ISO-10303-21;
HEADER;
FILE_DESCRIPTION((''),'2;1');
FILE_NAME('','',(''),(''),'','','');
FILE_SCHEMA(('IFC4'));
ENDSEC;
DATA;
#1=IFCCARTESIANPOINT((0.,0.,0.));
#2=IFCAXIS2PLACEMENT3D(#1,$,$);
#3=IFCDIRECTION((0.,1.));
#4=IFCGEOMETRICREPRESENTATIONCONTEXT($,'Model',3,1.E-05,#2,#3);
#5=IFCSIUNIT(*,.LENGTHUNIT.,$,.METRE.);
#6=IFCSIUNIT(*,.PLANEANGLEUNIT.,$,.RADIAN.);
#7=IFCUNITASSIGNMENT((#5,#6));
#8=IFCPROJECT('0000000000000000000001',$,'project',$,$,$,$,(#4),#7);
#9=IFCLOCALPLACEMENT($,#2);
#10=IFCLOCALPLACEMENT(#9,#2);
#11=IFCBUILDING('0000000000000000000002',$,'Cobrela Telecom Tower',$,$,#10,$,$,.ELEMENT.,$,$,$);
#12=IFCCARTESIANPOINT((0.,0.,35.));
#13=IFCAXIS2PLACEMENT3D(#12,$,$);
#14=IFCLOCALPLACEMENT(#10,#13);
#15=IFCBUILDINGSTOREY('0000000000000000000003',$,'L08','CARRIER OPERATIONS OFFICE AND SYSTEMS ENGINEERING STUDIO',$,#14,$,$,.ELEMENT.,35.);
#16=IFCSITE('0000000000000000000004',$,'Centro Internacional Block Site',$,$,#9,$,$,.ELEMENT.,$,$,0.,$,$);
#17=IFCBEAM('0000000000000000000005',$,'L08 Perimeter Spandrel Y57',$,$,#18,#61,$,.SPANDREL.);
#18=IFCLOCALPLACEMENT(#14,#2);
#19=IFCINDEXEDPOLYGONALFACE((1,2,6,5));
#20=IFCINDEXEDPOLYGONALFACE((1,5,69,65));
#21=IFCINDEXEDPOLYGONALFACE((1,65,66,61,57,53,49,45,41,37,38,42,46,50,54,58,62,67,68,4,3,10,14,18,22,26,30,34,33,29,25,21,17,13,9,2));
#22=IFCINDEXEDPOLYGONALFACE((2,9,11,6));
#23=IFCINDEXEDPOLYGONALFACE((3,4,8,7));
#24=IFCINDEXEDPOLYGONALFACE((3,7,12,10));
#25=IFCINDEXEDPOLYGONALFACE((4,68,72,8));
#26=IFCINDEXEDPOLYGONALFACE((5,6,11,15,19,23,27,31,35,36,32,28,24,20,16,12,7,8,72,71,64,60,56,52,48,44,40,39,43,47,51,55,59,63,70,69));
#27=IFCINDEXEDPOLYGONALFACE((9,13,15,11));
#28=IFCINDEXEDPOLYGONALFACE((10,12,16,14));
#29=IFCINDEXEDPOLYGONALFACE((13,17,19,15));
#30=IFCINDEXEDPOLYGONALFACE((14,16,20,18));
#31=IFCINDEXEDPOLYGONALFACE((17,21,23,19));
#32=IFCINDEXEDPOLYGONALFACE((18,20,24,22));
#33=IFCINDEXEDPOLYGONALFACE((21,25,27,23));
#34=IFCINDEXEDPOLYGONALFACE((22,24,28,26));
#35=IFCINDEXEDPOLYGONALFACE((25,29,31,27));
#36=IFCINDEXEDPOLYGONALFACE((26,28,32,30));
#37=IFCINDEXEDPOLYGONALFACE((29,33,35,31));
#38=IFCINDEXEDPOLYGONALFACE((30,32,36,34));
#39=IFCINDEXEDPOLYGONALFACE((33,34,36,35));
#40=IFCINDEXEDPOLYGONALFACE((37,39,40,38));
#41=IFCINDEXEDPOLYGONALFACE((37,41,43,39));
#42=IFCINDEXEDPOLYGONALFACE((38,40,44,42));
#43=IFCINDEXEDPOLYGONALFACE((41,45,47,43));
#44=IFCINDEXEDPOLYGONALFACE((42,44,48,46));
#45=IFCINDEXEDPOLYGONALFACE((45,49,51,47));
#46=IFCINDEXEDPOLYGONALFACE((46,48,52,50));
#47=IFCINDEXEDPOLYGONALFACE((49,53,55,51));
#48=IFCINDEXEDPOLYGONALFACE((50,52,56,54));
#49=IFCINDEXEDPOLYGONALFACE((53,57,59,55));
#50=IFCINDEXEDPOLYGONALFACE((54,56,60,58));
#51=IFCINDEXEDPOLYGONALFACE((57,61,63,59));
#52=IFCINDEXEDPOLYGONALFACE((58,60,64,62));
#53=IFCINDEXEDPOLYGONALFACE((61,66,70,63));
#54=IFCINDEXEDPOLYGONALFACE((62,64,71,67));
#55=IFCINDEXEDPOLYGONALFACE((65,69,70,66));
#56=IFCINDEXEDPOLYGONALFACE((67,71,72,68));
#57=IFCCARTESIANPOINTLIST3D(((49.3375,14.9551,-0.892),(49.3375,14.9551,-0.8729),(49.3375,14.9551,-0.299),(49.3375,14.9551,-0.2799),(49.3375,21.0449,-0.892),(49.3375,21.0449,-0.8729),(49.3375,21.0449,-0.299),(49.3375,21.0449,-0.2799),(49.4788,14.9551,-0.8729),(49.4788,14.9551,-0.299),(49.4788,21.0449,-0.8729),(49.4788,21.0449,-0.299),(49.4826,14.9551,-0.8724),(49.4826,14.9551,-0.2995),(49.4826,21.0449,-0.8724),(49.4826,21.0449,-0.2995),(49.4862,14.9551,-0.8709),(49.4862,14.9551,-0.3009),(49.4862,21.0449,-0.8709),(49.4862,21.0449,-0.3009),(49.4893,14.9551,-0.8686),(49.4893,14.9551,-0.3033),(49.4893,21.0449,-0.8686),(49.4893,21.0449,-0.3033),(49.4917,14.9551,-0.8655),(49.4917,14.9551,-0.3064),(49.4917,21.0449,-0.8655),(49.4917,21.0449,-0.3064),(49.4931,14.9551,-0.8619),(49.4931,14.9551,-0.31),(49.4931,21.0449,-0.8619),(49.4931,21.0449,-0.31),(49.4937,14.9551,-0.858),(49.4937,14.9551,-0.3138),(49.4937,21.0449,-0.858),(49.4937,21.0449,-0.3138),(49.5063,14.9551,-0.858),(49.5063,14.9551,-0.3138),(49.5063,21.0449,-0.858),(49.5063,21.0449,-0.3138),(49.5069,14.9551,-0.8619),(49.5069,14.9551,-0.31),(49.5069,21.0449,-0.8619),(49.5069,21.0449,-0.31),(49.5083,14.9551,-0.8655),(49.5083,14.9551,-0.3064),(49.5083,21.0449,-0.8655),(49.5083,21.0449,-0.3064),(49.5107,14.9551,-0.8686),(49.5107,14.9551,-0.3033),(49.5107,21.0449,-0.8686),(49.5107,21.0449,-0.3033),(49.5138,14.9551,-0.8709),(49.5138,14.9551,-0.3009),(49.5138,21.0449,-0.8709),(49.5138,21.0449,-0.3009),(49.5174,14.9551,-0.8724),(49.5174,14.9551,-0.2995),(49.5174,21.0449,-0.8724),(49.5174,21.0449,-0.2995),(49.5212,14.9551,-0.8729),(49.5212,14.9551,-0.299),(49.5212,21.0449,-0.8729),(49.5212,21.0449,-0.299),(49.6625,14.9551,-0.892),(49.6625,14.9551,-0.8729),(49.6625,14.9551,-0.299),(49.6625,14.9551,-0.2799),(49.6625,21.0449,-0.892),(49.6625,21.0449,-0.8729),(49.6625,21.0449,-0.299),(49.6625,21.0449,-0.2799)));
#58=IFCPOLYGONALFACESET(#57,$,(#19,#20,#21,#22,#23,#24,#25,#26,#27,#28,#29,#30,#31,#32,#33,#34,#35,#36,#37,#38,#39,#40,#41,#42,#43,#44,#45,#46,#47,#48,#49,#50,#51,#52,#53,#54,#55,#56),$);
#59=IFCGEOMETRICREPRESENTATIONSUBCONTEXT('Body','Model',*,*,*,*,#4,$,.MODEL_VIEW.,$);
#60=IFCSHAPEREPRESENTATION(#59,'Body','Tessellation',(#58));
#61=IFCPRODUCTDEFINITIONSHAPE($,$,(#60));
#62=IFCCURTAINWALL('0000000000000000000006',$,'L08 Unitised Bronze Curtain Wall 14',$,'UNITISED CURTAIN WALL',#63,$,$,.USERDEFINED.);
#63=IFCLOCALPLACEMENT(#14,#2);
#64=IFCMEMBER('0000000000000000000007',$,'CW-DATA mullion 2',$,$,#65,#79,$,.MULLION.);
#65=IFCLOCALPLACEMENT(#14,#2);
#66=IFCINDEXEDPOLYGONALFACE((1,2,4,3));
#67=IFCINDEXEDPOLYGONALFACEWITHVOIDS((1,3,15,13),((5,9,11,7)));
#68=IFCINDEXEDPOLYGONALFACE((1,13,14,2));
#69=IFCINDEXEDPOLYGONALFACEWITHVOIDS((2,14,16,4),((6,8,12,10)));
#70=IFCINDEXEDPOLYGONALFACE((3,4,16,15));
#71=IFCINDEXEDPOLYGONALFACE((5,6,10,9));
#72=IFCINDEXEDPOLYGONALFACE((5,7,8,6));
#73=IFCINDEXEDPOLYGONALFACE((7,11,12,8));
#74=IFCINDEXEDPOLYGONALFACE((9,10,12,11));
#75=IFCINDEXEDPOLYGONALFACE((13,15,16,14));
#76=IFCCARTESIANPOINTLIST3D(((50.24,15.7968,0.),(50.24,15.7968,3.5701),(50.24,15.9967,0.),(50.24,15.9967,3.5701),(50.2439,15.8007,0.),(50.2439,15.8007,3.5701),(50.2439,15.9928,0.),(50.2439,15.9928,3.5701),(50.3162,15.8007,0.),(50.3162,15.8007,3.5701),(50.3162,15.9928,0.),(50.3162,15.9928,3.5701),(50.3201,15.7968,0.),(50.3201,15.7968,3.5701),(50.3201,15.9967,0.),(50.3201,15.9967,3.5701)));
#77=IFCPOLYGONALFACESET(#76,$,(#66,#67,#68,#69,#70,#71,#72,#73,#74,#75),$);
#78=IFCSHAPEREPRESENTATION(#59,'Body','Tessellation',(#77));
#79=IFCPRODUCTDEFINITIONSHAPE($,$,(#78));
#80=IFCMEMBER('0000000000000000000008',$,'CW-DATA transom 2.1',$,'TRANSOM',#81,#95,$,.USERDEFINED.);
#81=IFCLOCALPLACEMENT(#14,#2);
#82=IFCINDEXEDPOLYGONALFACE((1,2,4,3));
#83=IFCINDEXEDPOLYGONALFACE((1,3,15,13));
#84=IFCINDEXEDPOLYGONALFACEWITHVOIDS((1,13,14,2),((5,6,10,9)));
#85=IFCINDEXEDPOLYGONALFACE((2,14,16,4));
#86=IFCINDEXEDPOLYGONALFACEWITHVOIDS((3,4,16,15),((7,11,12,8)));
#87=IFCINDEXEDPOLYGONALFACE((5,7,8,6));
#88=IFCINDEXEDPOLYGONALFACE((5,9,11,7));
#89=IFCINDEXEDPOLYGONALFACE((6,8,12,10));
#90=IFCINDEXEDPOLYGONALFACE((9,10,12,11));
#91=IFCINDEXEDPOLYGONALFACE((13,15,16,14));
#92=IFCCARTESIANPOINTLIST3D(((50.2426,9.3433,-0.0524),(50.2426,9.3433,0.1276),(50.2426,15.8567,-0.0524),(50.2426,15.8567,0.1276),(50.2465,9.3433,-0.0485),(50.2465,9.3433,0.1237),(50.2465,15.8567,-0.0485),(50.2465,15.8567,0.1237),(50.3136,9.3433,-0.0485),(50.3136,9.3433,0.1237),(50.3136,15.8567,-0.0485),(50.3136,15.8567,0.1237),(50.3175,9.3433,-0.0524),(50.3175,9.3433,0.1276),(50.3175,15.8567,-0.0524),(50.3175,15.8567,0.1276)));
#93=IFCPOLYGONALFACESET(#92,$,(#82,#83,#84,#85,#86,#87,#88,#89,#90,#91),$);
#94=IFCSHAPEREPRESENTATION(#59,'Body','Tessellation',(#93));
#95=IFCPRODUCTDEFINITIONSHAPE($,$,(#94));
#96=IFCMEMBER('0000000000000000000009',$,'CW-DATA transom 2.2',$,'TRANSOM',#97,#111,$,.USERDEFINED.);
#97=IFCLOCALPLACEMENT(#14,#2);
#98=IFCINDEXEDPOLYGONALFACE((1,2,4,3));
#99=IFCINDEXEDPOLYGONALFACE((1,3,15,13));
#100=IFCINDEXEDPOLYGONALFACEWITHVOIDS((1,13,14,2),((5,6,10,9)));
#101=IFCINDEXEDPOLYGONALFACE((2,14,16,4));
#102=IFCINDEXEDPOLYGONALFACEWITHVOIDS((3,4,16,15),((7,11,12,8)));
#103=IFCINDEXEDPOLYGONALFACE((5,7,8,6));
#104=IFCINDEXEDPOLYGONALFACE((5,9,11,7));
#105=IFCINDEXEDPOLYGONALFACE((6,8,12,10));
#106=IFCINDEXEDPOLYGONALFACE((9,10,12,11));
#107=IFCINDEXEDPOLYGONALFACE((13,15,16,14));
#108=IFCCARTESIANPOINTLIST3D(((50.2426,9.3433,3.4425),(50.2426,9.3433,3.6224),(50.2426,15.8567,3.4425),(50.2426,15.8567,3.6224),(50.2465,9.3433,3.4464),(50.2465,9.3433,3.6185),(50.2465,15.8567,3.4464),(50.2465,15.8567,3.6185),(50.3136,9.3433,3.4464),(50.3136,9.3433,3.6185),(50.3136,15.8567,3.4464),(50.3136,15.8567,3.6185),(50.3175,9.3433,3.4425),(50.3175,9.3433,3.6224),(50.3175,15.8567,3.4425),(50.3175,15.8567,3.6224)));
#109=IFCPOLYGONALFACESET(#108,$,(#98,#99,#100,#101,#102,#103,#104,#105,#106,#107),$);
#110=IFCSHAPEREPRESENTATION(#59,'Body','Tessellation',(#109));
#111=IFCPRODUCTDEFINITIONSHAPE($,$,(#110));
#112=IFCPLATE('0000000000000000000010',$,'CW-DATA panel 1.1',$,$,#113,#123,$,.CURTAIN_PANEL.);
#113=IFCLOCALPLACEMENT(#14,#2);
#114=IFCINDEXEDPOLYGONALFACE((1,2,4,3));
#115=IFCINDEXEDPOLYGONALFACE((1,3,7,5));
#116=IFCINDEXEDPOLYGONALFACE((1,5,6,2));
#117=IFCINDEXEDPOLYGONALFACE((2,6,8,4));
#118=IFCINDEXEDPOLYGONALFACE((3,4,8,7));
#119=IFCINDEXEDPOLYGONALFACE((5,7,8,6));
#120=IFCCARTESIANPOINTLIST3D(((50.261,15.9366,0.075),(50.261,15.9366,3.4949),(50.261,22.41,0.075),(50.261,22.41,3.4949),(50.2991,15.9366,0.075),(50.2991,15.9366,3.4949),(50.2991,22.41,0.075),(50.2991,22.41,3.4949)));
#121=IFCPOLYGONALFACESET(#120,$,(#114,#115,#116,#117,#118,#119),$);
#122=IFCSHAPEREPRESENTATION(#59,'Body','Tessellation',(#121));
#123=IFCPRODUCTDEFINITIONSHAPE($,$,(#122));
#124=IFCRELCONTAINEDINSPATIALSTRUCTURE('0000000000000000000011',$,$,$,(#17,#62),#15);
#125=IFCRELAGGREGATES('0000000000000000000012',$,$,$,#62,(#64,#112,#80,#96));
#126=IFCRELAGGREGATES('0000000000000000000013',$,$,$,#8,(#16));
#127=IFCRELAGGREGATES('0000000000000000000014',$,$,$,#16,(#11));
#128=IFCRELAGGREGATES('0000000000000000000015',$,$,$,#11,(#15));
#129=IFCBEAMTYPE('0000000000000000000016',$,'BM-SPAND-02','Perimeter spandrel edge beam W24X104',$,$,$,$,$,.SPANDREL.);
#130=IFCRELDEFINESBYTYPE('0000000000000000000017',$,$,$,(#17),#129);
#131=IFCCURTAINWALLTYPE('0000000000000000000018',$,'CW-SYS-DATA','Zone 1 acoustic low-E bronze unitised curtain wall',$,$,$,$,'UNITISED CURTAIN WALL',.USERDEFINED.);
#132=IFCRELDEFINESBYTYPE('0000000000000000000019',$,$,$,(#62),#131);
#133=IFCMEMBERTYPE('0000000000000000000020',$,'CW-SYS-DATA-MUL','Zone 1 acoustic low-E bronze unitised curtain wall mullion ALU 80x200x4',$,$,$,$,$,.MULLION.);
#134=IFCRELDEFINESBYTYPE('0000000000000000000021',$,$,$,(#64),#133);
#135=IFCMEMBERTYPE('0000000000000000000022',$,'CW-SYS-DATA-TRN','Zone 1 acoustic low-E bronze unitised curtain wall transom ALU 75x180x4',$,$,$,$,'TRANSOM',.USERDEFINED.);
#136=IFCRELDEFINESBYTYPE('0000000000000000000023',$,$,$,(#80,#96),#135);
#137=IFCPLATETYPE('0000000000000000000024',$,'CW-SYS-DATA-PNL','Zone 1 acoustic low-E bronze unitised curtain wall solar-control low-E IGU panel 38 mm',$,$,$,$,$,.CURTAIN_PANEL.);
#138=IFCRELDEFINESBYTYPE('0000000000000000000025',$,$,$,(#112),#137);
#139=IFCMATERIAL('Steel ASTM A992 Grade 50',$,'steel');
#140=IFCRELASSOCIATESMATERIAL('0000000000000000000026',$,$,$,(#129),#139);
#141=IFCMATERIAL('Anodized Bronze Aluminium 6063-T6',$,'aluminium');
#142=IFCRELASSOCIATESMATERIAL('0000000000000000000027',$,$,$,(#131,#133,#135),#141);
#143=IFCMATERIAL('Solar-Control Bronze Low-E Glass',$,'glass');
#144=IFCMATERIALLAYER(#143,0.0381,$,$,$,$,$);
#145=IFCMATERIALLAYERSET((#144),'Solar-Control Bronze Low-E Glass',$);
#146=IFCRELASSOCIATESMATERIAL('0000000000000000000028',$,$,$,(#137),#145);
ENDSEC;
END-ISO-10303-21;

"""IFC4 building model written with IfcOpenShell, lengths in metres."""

from ifc_helpers import new_model, si_unit, direction, frame, origin, origin_2d, place, context, subcontext, project, spatial, rectangle, hollow_rectangle, i_section, extrude, material, layer, layer_set, material_profile, profile_set, type_object, element, aggregate, save


model = new_model("IFC4")

# Units and contexts
model_context = context("Model", 3, precision=1e-05, world=origin(), true_north=direction((0.0, 1.0)))
body_context = subcontext(model_context, "Body", "Model", "MODEL_VIEW")
ifc_project = project(units=[si_unit("LENGTHUNIT", "METRE"), si_unit("PLANEANGLEUNIT", "RADIAN")], contexts=[model_context])

# Site, building, storey
site_placement = place(None, origin())
site = spatial("IfcSite", under=ifc_project, at=site_placement, Name="Centro Internacional Block Site", CompositionType="ELEMENT", RefElevation=0.0)
building_placement = place(site_placement, origin())
building = spatial("IfcBuilding", under=site, at=building_placement, Name="Cobrela Telecom Tower", CompositionType="ELEMENT")
storey_placement = place(building_placement, frame((0.0, 0.0, 35.0)))
storey = spatial("IfcBuildingStorey", under=building, at=storey_placement, Name="L08", Description="CARRIER OPERATIONS OFFICE AND SYSTEMS ENGINEERING STUDIO", CompositionType="ELEMENT", Elevation=35.0)

# Shared definitions
ifc_material_1 = material(Name="Steel ASTM A992 Grade 50", Category="steel")

# Beam
ifc_material_profile_1 = material_profile(ifc_material_1, i_section(OverallWidth=0.325, OverallDepth=0.6121, WebThickness=0.0127, FlangeThickness=0.019, FilletRadius=0.0149, at=origin_2d()), Name="W24X104")
ifc_profile_set_1 = profile_set([ifc_material_profile_1], Name="Steel ASTM A992 Grade 50")
beam_type_1 = type_object("IfcBeamType", Name="BM-SPAND-02", Description="Perimeter spandrel edge beam W24X104", PredefinedType="SPANDREL", material=ifc_profile_set_1)
beam_placement = place(storey_placement, frame((49.5, 14.9551, -0.5859), z_axis=(0.0, 1.0, 0.0), x_axis=(-1.0, 0.0, 0.0)))
element("IfcBeam", 1, at=beam_placement, inside=storey, type_object=beam_type_1, Name="L08 Perimeter Spandrel Y57", PredefinedType="SPANDREL", context=body_context, shape_type="SweptSolid", body=[
    extrude(i_section(OverallWidth=0.325, OverallDepth=0.6121, WebThickness=0.0127, FlangeThickness=0.019, FilletRadius=0.0149, at=origin_2d()), origin(), (0.0, 0.0, 1.0), 6.0898),
])

# Curtain wall, members, plate
ifc_material_2 = material(Name="Anodized Bronze Aluminium 6063-T6", Category="aluminium")
curtain_wall_type = type_object("IfcCurtainWallType", Name="CW-SYS-DATA", Description="Zone 1 acoustic low-E bronze unitised curtain wall", ElementType="UNITISED CURTAIN WALL", PredefinedType="USERDEFINED", material=ifc_material_2)
curtain_wall_placement = place(storey_placement, origin())
curtain_wall = element("IfcCurtainWall", 2, at=curtain_wall_placement, inside=storey, type_object=curtain_wall_type, Name="L08 Unitised Bronze Curtain Wall 14", ObjectType="UNITISED CURTAIN WALL", PredefinedType="USERDEFINED")
ifc_material_profile_2 = material_profile(ifc_material_2, hollow_rectangle(XDim=0.0801, YDim=0.2, WallThickness=0.0039, at=origin_2d()), Name="ALU 80x200x4")
ifc_profile_set_2 = profile_set([ifc_material_profile_2], Name="Anodized Bronze Aluminium 6063-T6")
member_type_1 = type_object("IfcMemberType", Name="CW-SYS-DATA-MUL", Description="Zone 1 acoustic low-E bronze unitised curtain wall mullion ALU 80x200x4", PredefinedType="MULLION", material=ifc_profile_set_2)
member_1_placement = place(storey_placement, frame((50.28, 15.8967, 0.0), z_axis=(0.0, 0.0, 1.0), x_axis=(1.0, 0.0, 0.0)))
member_1 = element("IfcMember", 3, at=member_1_placement, type_object=member_type_1, Name="CW-DATA mullion 2", PredefinedType="MULLION", context=body_context, shape_type="SweptSolid", body=[
    extrude(hollow_rectangle(XDim=0.0801, YDim=0.2, WallThickness=0.0039, at=origin_2d()), origin(), (0.0, 0.0, 1.0), 3.5701),
])
ifc_material_profile_3 = material_profile(ifc_material_2, hollow_rectangle(XDim=0.075, YDim=0.1799, WallThickness=0.0039, at=origin_2d()), Name="ALU 75x180x4")
ifc_profile_set_3 = profile_set([ifc_material_profile_3], Name="Anodized Bronze Aluminium 6063-T6")
member_type_2 = type_object("IfcMemberType", Name="CW-SYS-DATA-TRN", Description="Zone 1 acoustic low-E bronze unitised curtain wall transom ALU 75x180x4", ElementType="TRANSOM", PredefinedType="USERDEFINED", material=ifc_profile_set_3)
member_2_placement = place(storey_placement, frame((50.28, 15.8567, 0.0376), z_axis=(0.0, -1.0, 0.0), x_axis=(1.0, 0.0, 0.0)))
member_2 = element("IfcMember", 4, at=member_2_placement, type_object=member_type_2, Name="CW-DATA transom 2.1", ObjectType="TRANSOM", PredefinedType="USERDEFINED", context=body_context, shape_type="SweptSolid", body=[
    extrude(hollow_rectangle(XDim=0.075, YDim=0.1799, WallThickness=0.0039, at=origin_2d()), origin(), (0.0, 0.0, 1.0), 6.5134),
])
member_3_placement = place(storey_placement, frame((50.28, 15.8567, 3.5325), z_axis=(0.0, -1.0, 0.0), x_axis=(1.0, 0.0, 0.0)))
member_3 = element("IfcMember", 5, at=member_3_placement, type_object=member_type_2, Name="CW-DATA transom 2.2", ObjectType="TRANSOM", PredefinedType="USERDEFINED", context=body_context, shape_type="SweptSolid", body=[
    extrude(hollow_rectangle(XDim=0.075, YDim=0.1799, WallThickness=0.0039, at=origin_2d()), origin(), (0.0, 0.0, 1.0), 6.5134),
])
ifc_material_3 = material(Name="Solar-Control Bronze Low-E Glass", Category="glass")
ifc_layer = layer(ifc_material_3, 0.0381)
ifc_layer_set = layer_set([ifc_layer], Name="Solar-Control Bronze Low-E Glass")
plate_type = type_object("IfcPlateType", Name="CW-SYS-DATA-PNL", Description="Zone 1 acoustic low-E bronze unitised curtain wall solar-control low-E IGU panel 38 mm", PredefinedType="CURTAIN_PANEL", material=ifc_layer_set)
plate_placement = place(storey_placement, frame((50.28, 19.1733, 0.075), z_axis=(0.0, 0.0, 1.0), x_axis=(0.0, -1.0, 0.0)))
plate = element("IfcPlate", 6, at=plate_placement, type_object=plate_type, Name="CW-DATA panel 1.1", PredefinedType="CURTAIN_PANEL", context=body_context, shape_type="SweptSolid", body=[
    extrude(rectangle(XDim=6.4734, YDim=0.0381, at=origin_2d()), origin(), (0.0, 0.0, 1.0), 3.4199),
])
aggregate(curtain_wall, [member_1, plate, member_2, member_3])

save(model, "model.ifc")
